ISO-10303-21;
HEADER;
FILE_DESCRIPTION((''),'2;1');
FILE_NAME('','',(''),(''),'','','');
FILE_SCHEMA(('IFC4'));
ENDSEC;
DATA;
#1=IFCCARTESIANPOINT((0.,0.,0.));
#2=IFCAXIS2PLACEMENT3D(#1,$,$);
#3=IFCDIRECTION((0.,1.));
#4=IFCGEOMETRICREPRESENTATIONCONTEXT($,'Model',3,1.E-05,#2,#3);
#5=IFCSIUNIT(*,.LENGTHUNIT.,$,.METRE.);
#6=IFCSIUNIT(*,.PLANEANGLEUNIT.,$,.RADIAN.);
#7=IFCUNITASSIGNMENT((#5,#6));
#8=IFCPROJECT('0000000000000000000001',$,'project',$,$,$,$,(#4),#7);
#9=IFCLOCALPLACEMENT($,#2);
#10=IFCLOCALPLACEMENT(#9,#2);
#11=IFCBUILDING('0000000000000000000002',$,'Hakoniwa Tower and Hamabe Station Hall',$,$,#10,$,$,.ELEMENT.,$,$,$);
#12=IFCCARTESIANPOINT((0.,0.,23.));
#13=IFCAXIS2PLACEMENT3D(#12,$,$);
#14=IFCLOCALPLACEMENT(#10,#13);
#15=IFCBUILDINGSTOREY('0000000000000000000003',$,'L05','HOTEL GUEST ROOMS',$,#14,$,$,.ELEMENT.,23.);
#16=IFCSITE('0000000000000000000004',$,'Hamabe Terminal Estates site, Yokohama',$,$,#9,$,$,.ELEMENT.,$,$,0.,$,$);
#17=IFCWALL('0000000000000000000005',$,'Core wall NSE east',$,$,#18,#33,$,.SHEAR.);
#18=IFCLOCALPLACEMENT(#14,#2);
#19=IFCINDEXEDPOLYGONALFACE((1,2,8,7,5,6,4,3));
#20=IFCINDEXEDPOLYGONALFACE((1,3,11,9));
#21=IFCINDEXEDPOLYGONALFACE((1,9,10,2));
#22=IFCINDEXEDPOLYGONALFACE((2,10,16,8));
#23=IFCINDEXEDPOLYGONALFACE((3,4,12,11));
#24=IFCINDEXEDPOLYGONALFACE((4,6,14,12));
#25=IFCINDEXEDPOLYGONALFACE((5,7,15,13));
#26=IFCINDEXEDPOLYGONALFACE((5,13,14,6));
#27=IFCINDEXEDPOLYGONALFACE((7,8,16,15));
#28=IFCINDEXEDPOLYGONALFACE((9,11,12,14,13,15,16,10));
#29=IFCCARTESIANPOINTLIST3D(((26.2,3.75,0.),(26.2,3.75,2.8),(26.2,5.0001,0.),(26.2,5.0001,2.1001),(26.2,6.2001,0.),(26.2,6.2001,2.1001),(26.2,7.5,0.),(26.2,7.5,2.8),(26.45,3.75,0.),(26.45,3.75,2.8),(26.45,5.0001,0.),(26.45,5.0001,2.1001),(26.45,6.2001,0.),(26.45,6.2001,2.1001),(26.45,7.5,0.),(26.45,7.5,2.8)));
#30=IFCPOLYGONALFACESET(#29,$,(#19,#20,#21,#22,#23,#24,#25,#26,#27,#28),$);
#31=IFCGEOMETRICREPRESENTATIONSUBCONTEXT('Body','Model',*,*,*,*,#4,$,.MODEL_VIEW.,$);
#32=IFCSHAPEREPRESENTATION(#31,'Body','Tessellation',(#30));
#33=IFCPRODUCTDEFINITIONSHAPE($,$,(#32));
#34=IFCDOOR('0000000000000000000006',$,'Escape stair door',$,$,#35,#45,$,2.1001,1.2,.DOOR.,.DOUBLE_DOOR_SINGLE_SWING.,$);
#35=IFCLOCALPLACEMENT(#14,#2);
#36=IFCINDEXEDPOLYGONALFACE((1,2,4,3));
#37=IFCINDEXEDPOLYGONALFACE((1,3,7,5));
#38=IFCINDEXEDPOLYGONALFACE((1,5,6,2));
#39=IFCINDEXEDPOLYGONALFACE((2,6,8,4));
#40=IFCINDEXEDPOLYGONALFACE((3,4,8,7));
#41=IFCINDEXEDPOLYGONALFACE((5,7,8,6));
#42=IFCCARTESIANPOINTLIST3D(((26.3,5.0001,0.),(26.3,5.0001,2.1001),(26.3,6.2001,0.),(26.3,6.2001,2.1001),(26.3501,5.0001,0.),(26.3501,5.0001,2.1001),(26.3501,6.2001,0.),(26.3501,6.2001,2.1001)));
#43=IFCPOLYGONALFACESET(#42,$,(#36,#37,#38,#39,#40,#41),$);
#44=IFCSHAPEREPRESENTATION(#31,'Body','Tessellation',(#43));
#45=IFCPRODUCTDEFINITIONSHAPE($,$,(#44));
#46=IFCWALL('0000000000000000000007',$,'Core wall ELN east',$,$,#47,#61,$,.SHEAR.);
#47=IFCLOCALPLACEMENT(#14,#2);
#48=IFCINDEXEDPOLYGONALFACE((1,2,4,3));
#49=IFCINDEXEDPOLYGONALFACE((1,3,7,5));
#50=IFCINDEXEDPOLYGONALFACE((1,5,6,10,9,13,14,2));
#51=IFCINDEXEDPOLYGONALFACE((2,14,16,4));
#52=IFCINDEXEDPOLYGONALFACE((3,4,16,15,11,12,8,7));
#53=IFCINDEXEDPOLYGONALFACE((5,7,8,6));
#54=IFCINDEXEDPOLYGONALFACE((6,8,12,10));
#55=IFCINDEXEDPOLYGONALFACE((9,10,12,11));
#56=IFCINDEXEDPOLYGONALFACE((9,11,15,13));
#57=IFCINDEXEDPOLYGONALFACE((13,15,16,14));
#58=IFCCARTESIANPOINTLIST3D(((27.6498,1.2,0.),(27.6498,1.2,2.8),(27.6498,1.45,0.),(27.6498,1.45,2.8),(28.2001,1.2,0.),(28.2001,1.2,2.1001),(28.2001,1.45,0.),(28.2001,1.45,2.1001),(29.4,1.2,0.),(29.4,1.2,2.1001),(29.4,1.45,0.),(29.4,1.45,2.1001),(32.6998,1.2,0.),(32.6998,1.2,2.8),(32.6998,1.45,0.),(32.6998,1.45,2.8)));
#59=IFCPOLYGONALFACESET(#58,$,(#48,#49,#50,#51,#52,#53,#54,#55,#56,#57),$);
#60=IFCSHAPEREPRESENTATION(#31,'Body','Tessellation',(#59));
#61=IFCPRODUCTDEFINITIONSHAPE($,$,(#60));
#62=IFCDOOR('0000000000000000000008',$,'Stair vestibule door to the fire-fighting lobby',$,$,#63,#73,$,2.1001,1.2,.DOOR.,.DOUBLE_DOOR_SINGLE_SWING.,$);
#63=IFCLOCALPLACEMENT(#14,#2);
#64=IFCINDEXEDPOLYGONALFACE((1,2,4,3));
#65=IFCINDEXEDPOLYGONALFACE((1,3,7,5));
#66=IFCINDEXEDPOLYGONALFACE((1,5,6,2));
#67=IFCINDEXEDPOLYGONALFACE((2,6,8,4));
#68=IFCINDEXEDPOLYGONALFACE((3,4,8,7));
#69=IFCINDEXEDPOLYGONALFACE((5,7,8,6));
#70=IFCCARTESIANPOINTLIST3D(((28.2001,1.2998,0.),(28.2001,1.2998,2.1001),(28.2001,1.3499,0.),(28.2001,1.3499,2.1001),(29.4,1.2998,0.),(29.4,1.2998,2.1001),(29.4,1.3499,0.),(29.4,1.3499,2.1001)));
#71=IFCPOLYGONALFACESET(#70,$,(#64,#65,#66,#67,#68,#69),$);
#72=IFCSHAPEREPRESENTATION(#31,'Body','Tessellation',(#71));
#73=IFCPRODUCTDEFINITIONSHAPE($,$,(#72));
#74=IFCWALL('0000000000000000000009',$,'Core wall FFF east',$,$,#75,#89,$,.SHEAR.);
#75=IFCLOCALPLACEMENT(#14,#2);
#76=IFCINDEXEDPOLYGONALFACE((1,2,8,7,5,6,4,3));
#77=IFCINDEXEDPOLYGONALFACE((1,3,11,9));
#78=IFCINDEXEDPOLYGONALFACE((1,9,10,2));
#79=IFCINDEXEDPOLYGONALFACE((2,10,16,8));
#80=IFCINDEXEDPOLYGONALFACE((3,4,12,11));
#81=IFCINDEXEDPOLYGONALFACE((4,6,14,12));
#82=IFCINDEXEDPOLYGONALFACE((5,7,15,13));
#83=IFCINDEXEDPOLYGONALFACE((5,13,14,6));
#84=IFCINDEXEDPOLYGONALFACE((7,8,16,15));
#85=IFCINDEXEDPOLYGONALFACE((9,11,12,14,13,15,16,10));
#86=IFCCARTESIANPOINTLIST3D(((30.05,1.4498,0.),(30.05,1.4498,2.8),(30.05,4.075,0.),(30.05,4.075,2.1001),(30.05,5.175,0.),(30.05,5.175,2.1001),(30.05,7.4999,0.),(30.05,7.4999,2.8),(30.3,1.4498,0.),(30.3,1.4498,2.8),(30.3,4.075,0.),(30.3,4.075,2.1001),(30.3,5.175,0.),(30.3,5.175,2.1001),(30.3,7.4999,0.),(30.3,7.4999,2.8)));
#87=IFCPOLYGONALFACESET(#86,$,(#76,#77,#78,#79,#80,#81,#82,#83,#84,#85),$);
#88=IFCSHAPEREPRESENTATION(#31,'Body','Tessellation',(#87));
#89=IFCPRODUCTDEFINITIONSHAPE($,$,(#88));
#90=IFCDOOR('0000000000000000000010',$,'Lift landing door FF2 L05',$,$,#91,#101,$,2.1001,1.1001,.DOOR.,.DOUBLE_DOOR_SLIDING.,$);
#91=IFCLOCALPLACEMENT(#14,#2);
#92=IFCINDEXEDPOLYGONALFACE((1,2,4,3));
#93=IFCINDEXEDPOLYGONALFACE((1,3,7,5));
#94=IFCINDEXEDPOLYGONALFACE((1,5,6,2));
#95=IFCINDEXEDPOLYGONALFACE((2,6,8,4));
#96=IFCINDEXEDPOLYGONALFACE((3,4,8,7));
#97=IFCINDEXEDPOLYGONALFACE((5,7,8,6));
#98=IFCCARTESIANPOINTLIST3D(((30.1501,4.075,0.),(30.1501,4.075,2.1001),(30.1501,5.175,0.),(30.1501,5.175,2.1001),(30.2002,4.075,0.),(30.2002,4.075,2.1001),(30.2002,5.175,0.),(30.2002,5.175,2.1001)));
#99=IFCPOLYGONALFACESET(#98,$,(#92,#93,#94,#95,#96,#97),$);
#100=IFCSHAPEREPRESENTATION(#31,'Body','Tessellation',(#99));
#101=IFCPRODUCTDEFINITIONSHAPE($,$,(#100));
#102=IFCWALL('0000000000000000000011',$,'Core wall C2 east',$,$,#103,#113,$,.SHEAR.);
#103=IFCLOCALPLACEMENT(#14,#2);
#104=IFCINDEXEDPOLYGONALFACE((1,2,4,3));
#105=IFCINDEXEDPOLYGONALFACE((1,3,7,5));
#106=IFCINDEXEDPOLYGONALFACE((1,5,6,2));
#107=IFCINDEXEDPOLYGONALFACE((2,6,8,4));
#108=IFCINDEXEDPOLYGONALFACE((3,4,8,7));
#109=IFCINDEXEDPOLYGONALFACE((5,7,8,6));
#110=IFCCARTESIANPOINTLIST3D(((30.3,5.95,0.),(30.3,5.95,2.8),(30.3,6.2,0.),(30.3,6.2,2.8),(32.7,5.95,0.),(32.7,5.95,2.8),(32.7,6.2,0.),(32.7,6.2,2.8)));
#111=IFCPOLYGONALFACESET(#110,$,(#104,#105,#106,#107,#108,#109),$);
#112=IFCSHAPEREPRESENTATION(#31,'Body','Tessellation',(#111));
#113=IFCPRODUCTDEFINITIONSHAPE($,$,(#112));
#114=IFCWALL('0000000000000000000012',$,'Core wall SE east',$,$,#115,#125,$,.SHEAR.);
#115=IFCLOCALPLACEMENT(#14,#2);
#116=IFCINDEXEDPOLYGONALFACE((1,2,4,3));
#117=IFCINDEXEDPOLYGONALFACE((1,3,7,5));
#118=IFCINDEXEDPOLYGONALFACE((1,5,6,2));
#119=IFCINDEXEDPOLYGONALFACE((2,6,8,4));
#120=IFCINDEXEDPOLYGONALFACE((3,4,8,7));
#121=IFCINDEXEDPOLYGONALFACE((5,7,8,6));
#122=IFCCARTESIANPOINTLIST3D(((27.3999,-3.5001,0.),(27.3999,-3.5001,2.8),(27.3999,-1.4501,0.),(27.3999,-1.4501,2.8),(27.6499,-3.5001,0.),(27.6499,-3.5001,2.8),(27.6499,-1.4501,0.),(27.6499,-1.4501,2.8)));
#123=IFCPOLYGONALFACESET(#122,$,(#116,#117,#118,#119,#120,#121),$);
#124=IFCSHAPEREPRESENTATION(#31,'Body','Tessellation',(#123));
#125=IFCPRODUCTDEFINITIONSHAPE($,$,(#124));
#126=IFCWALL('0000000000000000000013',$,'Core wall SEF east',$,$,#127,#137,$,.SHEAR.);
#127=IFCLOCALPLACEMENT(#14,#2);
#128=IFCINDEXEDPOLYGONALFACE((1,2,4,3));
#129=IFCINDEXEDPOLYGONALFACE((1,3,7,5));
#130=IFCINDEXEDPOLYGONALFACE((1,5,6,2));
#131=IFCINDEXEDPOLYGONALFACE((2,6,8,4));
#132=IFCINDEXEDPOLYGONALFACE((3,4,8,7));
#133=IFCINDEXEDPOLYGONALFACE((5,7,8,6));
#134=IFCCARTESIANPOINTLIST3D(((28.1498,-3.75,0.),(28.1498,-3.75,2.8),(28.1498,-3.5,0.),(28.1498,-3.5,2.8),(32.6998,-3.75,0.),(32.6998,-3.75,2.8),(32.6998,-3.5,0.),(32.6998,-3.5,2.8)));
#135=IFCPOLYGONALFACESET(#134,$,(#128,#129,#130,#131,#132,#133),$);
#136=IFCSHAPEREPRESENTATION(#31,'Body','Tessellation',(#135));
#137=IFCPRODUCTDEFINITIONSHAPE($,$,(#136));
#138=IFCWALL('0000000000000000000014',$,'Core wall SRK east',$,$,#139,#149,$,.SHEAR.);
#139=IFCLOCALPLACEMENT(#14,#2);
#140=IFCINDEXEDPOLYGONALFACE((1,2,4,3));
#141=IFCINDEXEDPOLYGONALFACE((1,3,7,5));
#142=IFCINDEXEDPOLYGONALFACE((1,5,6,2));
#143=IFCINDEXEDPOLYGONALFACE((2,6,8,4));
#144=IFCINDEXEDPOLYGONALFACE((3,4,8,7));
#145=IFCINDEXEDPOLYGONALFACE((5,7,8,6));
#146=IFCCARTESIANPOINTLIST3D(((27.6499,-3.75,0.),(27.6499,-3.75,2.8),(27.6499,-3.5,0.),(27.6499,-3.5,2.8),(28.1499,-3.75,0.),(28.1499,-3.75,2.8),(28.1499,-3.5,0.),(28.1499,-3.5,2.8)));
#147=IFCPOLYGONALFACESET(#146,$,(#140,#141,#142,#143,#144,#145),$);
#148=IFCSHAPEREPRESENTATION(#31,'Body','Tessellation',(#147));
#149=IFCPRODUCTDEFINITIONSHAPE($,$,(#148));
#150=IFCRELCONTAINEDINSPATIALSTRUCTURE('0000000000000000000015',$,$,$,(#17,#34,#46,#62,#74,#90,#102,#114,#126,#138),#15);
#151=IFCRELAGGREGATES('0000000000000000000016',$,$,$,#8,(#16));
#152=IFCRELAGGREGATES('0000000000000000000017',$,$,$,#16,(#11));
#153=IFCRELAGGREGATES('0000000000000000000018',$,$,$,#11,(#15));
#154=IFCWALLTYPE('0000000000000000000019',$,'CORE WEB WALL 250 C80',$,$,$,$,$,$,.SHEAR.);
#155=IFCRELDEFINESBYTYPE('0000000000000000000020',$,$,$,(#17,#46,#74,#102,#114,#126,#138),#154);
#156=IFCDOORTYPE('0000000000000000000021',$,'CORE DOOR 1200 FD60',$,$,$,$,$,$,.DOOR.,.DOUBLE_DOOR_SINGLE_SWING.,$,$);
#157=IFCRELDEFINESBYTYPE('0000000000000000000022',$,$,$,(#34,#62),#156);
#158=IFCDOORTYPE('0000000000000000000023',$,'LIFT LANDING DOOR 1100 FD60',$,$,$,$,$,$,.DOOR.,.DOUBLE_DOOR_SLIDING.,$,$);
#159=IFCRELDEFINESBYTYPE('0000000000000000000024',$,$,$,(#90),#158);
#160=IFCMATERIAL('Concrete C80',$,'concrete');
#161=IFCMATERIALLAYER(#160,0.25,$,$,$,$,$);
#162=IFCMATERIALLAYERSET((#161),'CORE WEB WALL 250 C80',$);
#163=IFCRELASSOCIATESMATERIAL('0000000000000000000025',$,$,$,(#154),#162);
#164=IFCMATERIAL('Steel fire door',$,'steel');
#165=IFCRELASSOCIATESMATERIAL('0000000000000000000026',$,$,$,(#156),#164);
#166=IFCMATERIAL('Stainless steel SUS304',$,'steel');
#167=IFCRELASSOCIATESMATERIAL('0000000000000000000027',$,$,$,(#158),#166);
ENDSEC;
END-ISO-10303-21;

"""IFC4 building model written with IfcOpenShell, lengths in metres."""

from ifc_helpers import new_model, si_unit, direction, frame, frame_2d, origin, place, context, subcontext, project, spatial, rectangle, extrude, material, layer, layer_set, type_object, element, fill, save


model = new_model("IFC4")

# Units and contexts
model_context = context("Model", 3, precision=1e-05, world=origin(), true_north=direction((0.0, 1.0)))
body_context = subcontext(model_context, "Body", "Model", "MODEL_VIEW")
ifc_project = project(units=[si_unit("LENGTHUNIT", "METRE"), si_unit("PLANEANGLEUNIT", "RADIAN")], contexts=[model_context])

# Site, building, storey
site_placement = place(None, origin())
site = spatial("IfcSite", under=ifc_project, at=site_placement, Name="Hamabe Terminal Estates site, Yokohama", CompositionType="ELEMENT", RefElevation=0.0)
building_placement = place(site_placement, origin())
building = spatial("IfcBuilding", under=site, at=building_placement, Name="Hakoniwa Tower and Hamabe Station Hall", CompositionType="ELEMENT")
storey_placement = place(building_placement, frame((0.0, 0.0, 23.0)))
storey = spatial("IfcBuildingStorey", under=building, at=storey_placement, Name="L05", Description="HOTEL GUEST ROOMS", CompositionType="ELEMENT", Elevation=23.0)

# Shared definitions
ifc_material_1 = material(Name="Concrete C80", Category="concrete")
ifc_layer_1 = layer(ifc_material_1, 0.25)
ifc_layer_set_1 = layer_set([ifc_layer_1], Name="CORE WEB WALL 250 C80")
wall_type_1 = type_object("IfcWallType", Name="CORE WEB WALL 250 C80", PredefinedType="SHEAR", material=ifc_layer_set_1)

# Walls, openings, doors
wall_1_placement = place(storey_placement, frame((26.325, 3.75, 0.0), z_axis=(0.0, 0.0, 1.0), x_axis=(0.0, 1.0, 0.0)))
wall_1 = element("IfcWall", 1, at=wall_1_placement, inside=storey, type_object=wall_type_1, Name="Core wall NSE east", PredefinedType="SHEAR", context=body_context, shape_type="SweptSolid", body=[
    extrude(rectangle(XDim=3.75, YDim=0.25, at=frame_2d((1.875, 0.0))), origin(), (0.0, 0.0, 1.0), 2.8),
])
opening_1_placement = place(wall_1_placement, frame((1.25, 0.0, 0.0)))
opening_1 = element("IfcOpeningElement", 2, at=opening_1_placement, cuts=wall_1, PredefinedType="OPENING", context=body_context, shape_type="SweptSolid", body=[
    extrude(rectangle(XDim=1.2, YDim=2.1001, at=frame_2d((0.6001, 1.05))), frame((0.0, 0.135, 0.0), z_axis=(0.0, -1.0, 0.0), x_axis=(1.0, 0.0, 0.0)), (0.0, 0.0, 1.0), 0.27),
])
ifc_material_2 = material(Name="Steel fire door", Category="steel")
door_type_1 = type_object("IfcDoorType", Name="CORE DOOR 1200 FD60", OperationType="DOUBLE_DOOR_SINGLE_SWING", PredefinedType="DOOR", material=ifc_material_2)
door_1_placement = place(opening_1_placement, origin())
door_1 = element("IfcDoor", 3, at=door_1_placement, inside=storey, type_object=door_type_1, Name="Escape stair door", OperationType="DOUBLE_DOOR_SINGLE_SWING", OverallHeight=2.1001, OverallWidth=1.2, PredefinedType="DOOR", context=body_context, shape_type="SweptSolid", body=[
    extrude(rectangle(XDim=1.2, YDim=2.1001, at=frame_2d((0.6001, 1.05))), frame((0.0, 0.0249, 0.0), z_axis=(0.0, -1.0, 0.0), x_axis=(1.0, 0.0, 0.0)), (0.0, 0.0, 1.0), 0.05),
])
fill(opening_1, door_1)
wall_2_placement = place(storey_placement, frame((27.6499, 1.325, 0.0), z_axis=(0.0, 0.0, 1.0), x_axis=(1.0, 0.0, 0.0)))
wall_2 = element("IfcWall", 4, at=wall_2_placement, inside=storey, type_object=wall_type_1, Name="Core wall ELN east", PredefinedType="SHEAR", context=body_context, shape_type="SweptSolid", body=[
    extrude(rectangle(XDim=5.05, YDim=0.25, at=frame_2d((2.5249, 0.0))), origin(), (0.0, 0.0, 1.0), 2.8),
])
opening_2_placement = place(wall_2_placement, frame((0.55, 0.0, 0.0)))
opening_2 = element("IfcOpeningElement", 5, at=opening_2_placement, cuts=wall_2, PredefinedType="OPENING", context=body_context, shape_type="SweptSolid", body=[
    extrude(rectangle(XDim=1.2, YDim=2.1001, at=frame_2d((0.6001, 1.05))), frame((0.0, 0.135, 0.0), z_axis=(0.0, -1.0, 0.0), x_axis=(1.0, 0.0, 0.0)), (0.0, 0.0, 1.0), 0.27),
])
door_2_placement = place(opening_2_placement, origin())
door_2 = element("IfcDoor", 6, at=door_2_placement, inside=storey, type_object=door_type_1, Name="Stair vestibule door to the fire-fighting lobby", OperationType="DOUBLE_DOOR_SINGLE_SWING", OverallHeight=2.1001, OverallWidth=1.2, PredefinedType="DOOR", context=body_context, shape_type="SweptSolid", body=[
    extrude(rectangle(XDim=1.2, YDim=2.1001, at=frame_2d((0.6001, 1.05))), frame((0.0, 0.0249, 0.0), z_axis=(0.0, -1.0, 0.0), x_axis=(1.0, 0.0, 0.0)), (0.0, 0.0, 1.0), 0.05),
])
fill(opening_2, door_2)
wall_3_placement = place(storey_placement, frame((30.175, 1.45, 0.0), z_axis=(0.0, 0.0, 1.0), x_axis=(0.0, 1.0, 0.0)))
wall_3 = element("IfcWall", 7, at=wall_3_placement, inside=storey, type_object=wall_type_1, Name="Core wall FFF east", PredefinedType="SHEAR", context=body_context, shape_type="SweptSolid", body=[
    extrude(rectangle(XDim=6.05, YDim=0.25, at=frame_2d((3.0249, 0.0))), origin(), (0.0, 0.0, 1.0), 2.8),
])
opening_3_placement = place(wall_3_placement, frame((2.625, 0.0, 0.0)))
opening_3 = element("IfcOpeningElement", 8, at=opening_3_placement, cuts=wall_3, PredefinedType="OPENING", context=body_context, shape_type="SweptSolid", body=[
    extrude(rectangle(XDim=1.1001, YDim=2.1001, at=frame_2d((0.55, 1.05))), frame((0.0, 0.135, 0.0), z_axis=(0.0, -1.0, 0.0), x_axis=(1.0, 0.0, 0.0)), (0.0, 0.0, 1.0), 0.27),
])
ifc_material_3 = material(Name="Stainless steel SUS304", Category="steel")
door_type_2 = type_object("IfcDoorType", Name="LIFT LANDING DOOR 1100 FD60", OperationType="DOUBLE_DOOR_SLIDING", PredefinedType="DOOR", material=ifc_material_3)
door_3_placement = place(opening_3_placement, origin())
door_3 = element("IfcDoor", 9, at=door_3_placement, inside=storey, type_object=door_type_2, Name="Lift landing door FF2 L05", OperationType="DOUBLE_DOOR_SLIDING", OverallHeight=2.1001, OverallWidth=1.1001, PredefinedType="DOOR", context=body_context, shape_type="SweptSolid", body=[
    extrude(rectangle(XDim=1.1001, YDim=2.1001, at=frame_2d((0.55, 1.05))), frame((0.0, 0.0249, 0.0), z_axis=(0.0, -1.0, 0.0), x_axis=(1.0, 0.0, 0.0)), (0.0, 0.0, 1.0), 0.05),
])
fill(opening_3, door_3)

# Walls
wall_4_placement = place(storey_placement, frame((30.3, 6.075, 0.0), z_axis=(0.0, 0.0, 1.0), x_axis=(1.0, 0.0, 0.0)))
element("IfcWall", 10, at=wall_4_placement, inside=storey, type_object=wall_type_1, Name="Core wall C2 east", PredefinedType="SHEAR", context=body_context, shape_type="SweptSolid", body=[
    extrude(rectangle(XDim=2.3999, YDim=0.25, at=frame_2d((1.2, 0.0))), origin(), (0.0, 0.0, 1.0), 2.8),
])
wall_5_placement = place(storey_placement, frame((27.5249, -3.5, 0.0), z_axis=(0.0, 0.0, 1.0), x_axis=(0.0, 1.0, 0.0)))
element("IfcWall", 11, at=wall_5_placement, inside=storey, type_object=wall_type_1, Name="Core wall SE east", PredefinedType="SHEAR", context=body_context, shape_type="SweptSolid", body=[
    extrude(rectangle(XDim=2.05, YDim=0.25, at=frame_2d((1.0249, 0.0))), origin(), (0.0, 0.0, 1.0), 2.8),
])
wall_6_placement = place(storey_placement, frame((28.1499, -3.625, 0.0), z_axis=(0.0, 0.0, 1.0), x_axis=(1.0, 0.0, 0.0)))
element("IfcWall", 12, at=wall_6_placement, inside=storey, type_object=wall_type_1, Name="Core wall SEF east", PredefinedType="SHEAR", context=body_context, shape_type="SweptSolid", body=[
    extrude(rectangle(XDim=4.55, YDim=0.25, at=frame_2d((2.2749, 0.0))), origin(), (0.0, 0.0, 1.0), 2.8),
])
wall_7_placement = place(storey_placement, frame((27.6499, -3.625, 0.0), z_axis=(0.0, 0.0, 1.0), x_axis=(1.0, 0.0, 0.0)))
element("IfcWall", 13, at=wall_7_placement, inside=storey, type_object=wall_type_1, Name="Core wall SRK east", PredefinedType="SHEAR", context=body_context, shape_type="SweptSolid", body=[
    extrude(rectangle(XDim=0.5, YDim=0.25, at=frame_2d((0.25, 0.0))), origin(), (0.0, 0.0, 1.0), 2.8),
])

save(model, "model.ifc")
